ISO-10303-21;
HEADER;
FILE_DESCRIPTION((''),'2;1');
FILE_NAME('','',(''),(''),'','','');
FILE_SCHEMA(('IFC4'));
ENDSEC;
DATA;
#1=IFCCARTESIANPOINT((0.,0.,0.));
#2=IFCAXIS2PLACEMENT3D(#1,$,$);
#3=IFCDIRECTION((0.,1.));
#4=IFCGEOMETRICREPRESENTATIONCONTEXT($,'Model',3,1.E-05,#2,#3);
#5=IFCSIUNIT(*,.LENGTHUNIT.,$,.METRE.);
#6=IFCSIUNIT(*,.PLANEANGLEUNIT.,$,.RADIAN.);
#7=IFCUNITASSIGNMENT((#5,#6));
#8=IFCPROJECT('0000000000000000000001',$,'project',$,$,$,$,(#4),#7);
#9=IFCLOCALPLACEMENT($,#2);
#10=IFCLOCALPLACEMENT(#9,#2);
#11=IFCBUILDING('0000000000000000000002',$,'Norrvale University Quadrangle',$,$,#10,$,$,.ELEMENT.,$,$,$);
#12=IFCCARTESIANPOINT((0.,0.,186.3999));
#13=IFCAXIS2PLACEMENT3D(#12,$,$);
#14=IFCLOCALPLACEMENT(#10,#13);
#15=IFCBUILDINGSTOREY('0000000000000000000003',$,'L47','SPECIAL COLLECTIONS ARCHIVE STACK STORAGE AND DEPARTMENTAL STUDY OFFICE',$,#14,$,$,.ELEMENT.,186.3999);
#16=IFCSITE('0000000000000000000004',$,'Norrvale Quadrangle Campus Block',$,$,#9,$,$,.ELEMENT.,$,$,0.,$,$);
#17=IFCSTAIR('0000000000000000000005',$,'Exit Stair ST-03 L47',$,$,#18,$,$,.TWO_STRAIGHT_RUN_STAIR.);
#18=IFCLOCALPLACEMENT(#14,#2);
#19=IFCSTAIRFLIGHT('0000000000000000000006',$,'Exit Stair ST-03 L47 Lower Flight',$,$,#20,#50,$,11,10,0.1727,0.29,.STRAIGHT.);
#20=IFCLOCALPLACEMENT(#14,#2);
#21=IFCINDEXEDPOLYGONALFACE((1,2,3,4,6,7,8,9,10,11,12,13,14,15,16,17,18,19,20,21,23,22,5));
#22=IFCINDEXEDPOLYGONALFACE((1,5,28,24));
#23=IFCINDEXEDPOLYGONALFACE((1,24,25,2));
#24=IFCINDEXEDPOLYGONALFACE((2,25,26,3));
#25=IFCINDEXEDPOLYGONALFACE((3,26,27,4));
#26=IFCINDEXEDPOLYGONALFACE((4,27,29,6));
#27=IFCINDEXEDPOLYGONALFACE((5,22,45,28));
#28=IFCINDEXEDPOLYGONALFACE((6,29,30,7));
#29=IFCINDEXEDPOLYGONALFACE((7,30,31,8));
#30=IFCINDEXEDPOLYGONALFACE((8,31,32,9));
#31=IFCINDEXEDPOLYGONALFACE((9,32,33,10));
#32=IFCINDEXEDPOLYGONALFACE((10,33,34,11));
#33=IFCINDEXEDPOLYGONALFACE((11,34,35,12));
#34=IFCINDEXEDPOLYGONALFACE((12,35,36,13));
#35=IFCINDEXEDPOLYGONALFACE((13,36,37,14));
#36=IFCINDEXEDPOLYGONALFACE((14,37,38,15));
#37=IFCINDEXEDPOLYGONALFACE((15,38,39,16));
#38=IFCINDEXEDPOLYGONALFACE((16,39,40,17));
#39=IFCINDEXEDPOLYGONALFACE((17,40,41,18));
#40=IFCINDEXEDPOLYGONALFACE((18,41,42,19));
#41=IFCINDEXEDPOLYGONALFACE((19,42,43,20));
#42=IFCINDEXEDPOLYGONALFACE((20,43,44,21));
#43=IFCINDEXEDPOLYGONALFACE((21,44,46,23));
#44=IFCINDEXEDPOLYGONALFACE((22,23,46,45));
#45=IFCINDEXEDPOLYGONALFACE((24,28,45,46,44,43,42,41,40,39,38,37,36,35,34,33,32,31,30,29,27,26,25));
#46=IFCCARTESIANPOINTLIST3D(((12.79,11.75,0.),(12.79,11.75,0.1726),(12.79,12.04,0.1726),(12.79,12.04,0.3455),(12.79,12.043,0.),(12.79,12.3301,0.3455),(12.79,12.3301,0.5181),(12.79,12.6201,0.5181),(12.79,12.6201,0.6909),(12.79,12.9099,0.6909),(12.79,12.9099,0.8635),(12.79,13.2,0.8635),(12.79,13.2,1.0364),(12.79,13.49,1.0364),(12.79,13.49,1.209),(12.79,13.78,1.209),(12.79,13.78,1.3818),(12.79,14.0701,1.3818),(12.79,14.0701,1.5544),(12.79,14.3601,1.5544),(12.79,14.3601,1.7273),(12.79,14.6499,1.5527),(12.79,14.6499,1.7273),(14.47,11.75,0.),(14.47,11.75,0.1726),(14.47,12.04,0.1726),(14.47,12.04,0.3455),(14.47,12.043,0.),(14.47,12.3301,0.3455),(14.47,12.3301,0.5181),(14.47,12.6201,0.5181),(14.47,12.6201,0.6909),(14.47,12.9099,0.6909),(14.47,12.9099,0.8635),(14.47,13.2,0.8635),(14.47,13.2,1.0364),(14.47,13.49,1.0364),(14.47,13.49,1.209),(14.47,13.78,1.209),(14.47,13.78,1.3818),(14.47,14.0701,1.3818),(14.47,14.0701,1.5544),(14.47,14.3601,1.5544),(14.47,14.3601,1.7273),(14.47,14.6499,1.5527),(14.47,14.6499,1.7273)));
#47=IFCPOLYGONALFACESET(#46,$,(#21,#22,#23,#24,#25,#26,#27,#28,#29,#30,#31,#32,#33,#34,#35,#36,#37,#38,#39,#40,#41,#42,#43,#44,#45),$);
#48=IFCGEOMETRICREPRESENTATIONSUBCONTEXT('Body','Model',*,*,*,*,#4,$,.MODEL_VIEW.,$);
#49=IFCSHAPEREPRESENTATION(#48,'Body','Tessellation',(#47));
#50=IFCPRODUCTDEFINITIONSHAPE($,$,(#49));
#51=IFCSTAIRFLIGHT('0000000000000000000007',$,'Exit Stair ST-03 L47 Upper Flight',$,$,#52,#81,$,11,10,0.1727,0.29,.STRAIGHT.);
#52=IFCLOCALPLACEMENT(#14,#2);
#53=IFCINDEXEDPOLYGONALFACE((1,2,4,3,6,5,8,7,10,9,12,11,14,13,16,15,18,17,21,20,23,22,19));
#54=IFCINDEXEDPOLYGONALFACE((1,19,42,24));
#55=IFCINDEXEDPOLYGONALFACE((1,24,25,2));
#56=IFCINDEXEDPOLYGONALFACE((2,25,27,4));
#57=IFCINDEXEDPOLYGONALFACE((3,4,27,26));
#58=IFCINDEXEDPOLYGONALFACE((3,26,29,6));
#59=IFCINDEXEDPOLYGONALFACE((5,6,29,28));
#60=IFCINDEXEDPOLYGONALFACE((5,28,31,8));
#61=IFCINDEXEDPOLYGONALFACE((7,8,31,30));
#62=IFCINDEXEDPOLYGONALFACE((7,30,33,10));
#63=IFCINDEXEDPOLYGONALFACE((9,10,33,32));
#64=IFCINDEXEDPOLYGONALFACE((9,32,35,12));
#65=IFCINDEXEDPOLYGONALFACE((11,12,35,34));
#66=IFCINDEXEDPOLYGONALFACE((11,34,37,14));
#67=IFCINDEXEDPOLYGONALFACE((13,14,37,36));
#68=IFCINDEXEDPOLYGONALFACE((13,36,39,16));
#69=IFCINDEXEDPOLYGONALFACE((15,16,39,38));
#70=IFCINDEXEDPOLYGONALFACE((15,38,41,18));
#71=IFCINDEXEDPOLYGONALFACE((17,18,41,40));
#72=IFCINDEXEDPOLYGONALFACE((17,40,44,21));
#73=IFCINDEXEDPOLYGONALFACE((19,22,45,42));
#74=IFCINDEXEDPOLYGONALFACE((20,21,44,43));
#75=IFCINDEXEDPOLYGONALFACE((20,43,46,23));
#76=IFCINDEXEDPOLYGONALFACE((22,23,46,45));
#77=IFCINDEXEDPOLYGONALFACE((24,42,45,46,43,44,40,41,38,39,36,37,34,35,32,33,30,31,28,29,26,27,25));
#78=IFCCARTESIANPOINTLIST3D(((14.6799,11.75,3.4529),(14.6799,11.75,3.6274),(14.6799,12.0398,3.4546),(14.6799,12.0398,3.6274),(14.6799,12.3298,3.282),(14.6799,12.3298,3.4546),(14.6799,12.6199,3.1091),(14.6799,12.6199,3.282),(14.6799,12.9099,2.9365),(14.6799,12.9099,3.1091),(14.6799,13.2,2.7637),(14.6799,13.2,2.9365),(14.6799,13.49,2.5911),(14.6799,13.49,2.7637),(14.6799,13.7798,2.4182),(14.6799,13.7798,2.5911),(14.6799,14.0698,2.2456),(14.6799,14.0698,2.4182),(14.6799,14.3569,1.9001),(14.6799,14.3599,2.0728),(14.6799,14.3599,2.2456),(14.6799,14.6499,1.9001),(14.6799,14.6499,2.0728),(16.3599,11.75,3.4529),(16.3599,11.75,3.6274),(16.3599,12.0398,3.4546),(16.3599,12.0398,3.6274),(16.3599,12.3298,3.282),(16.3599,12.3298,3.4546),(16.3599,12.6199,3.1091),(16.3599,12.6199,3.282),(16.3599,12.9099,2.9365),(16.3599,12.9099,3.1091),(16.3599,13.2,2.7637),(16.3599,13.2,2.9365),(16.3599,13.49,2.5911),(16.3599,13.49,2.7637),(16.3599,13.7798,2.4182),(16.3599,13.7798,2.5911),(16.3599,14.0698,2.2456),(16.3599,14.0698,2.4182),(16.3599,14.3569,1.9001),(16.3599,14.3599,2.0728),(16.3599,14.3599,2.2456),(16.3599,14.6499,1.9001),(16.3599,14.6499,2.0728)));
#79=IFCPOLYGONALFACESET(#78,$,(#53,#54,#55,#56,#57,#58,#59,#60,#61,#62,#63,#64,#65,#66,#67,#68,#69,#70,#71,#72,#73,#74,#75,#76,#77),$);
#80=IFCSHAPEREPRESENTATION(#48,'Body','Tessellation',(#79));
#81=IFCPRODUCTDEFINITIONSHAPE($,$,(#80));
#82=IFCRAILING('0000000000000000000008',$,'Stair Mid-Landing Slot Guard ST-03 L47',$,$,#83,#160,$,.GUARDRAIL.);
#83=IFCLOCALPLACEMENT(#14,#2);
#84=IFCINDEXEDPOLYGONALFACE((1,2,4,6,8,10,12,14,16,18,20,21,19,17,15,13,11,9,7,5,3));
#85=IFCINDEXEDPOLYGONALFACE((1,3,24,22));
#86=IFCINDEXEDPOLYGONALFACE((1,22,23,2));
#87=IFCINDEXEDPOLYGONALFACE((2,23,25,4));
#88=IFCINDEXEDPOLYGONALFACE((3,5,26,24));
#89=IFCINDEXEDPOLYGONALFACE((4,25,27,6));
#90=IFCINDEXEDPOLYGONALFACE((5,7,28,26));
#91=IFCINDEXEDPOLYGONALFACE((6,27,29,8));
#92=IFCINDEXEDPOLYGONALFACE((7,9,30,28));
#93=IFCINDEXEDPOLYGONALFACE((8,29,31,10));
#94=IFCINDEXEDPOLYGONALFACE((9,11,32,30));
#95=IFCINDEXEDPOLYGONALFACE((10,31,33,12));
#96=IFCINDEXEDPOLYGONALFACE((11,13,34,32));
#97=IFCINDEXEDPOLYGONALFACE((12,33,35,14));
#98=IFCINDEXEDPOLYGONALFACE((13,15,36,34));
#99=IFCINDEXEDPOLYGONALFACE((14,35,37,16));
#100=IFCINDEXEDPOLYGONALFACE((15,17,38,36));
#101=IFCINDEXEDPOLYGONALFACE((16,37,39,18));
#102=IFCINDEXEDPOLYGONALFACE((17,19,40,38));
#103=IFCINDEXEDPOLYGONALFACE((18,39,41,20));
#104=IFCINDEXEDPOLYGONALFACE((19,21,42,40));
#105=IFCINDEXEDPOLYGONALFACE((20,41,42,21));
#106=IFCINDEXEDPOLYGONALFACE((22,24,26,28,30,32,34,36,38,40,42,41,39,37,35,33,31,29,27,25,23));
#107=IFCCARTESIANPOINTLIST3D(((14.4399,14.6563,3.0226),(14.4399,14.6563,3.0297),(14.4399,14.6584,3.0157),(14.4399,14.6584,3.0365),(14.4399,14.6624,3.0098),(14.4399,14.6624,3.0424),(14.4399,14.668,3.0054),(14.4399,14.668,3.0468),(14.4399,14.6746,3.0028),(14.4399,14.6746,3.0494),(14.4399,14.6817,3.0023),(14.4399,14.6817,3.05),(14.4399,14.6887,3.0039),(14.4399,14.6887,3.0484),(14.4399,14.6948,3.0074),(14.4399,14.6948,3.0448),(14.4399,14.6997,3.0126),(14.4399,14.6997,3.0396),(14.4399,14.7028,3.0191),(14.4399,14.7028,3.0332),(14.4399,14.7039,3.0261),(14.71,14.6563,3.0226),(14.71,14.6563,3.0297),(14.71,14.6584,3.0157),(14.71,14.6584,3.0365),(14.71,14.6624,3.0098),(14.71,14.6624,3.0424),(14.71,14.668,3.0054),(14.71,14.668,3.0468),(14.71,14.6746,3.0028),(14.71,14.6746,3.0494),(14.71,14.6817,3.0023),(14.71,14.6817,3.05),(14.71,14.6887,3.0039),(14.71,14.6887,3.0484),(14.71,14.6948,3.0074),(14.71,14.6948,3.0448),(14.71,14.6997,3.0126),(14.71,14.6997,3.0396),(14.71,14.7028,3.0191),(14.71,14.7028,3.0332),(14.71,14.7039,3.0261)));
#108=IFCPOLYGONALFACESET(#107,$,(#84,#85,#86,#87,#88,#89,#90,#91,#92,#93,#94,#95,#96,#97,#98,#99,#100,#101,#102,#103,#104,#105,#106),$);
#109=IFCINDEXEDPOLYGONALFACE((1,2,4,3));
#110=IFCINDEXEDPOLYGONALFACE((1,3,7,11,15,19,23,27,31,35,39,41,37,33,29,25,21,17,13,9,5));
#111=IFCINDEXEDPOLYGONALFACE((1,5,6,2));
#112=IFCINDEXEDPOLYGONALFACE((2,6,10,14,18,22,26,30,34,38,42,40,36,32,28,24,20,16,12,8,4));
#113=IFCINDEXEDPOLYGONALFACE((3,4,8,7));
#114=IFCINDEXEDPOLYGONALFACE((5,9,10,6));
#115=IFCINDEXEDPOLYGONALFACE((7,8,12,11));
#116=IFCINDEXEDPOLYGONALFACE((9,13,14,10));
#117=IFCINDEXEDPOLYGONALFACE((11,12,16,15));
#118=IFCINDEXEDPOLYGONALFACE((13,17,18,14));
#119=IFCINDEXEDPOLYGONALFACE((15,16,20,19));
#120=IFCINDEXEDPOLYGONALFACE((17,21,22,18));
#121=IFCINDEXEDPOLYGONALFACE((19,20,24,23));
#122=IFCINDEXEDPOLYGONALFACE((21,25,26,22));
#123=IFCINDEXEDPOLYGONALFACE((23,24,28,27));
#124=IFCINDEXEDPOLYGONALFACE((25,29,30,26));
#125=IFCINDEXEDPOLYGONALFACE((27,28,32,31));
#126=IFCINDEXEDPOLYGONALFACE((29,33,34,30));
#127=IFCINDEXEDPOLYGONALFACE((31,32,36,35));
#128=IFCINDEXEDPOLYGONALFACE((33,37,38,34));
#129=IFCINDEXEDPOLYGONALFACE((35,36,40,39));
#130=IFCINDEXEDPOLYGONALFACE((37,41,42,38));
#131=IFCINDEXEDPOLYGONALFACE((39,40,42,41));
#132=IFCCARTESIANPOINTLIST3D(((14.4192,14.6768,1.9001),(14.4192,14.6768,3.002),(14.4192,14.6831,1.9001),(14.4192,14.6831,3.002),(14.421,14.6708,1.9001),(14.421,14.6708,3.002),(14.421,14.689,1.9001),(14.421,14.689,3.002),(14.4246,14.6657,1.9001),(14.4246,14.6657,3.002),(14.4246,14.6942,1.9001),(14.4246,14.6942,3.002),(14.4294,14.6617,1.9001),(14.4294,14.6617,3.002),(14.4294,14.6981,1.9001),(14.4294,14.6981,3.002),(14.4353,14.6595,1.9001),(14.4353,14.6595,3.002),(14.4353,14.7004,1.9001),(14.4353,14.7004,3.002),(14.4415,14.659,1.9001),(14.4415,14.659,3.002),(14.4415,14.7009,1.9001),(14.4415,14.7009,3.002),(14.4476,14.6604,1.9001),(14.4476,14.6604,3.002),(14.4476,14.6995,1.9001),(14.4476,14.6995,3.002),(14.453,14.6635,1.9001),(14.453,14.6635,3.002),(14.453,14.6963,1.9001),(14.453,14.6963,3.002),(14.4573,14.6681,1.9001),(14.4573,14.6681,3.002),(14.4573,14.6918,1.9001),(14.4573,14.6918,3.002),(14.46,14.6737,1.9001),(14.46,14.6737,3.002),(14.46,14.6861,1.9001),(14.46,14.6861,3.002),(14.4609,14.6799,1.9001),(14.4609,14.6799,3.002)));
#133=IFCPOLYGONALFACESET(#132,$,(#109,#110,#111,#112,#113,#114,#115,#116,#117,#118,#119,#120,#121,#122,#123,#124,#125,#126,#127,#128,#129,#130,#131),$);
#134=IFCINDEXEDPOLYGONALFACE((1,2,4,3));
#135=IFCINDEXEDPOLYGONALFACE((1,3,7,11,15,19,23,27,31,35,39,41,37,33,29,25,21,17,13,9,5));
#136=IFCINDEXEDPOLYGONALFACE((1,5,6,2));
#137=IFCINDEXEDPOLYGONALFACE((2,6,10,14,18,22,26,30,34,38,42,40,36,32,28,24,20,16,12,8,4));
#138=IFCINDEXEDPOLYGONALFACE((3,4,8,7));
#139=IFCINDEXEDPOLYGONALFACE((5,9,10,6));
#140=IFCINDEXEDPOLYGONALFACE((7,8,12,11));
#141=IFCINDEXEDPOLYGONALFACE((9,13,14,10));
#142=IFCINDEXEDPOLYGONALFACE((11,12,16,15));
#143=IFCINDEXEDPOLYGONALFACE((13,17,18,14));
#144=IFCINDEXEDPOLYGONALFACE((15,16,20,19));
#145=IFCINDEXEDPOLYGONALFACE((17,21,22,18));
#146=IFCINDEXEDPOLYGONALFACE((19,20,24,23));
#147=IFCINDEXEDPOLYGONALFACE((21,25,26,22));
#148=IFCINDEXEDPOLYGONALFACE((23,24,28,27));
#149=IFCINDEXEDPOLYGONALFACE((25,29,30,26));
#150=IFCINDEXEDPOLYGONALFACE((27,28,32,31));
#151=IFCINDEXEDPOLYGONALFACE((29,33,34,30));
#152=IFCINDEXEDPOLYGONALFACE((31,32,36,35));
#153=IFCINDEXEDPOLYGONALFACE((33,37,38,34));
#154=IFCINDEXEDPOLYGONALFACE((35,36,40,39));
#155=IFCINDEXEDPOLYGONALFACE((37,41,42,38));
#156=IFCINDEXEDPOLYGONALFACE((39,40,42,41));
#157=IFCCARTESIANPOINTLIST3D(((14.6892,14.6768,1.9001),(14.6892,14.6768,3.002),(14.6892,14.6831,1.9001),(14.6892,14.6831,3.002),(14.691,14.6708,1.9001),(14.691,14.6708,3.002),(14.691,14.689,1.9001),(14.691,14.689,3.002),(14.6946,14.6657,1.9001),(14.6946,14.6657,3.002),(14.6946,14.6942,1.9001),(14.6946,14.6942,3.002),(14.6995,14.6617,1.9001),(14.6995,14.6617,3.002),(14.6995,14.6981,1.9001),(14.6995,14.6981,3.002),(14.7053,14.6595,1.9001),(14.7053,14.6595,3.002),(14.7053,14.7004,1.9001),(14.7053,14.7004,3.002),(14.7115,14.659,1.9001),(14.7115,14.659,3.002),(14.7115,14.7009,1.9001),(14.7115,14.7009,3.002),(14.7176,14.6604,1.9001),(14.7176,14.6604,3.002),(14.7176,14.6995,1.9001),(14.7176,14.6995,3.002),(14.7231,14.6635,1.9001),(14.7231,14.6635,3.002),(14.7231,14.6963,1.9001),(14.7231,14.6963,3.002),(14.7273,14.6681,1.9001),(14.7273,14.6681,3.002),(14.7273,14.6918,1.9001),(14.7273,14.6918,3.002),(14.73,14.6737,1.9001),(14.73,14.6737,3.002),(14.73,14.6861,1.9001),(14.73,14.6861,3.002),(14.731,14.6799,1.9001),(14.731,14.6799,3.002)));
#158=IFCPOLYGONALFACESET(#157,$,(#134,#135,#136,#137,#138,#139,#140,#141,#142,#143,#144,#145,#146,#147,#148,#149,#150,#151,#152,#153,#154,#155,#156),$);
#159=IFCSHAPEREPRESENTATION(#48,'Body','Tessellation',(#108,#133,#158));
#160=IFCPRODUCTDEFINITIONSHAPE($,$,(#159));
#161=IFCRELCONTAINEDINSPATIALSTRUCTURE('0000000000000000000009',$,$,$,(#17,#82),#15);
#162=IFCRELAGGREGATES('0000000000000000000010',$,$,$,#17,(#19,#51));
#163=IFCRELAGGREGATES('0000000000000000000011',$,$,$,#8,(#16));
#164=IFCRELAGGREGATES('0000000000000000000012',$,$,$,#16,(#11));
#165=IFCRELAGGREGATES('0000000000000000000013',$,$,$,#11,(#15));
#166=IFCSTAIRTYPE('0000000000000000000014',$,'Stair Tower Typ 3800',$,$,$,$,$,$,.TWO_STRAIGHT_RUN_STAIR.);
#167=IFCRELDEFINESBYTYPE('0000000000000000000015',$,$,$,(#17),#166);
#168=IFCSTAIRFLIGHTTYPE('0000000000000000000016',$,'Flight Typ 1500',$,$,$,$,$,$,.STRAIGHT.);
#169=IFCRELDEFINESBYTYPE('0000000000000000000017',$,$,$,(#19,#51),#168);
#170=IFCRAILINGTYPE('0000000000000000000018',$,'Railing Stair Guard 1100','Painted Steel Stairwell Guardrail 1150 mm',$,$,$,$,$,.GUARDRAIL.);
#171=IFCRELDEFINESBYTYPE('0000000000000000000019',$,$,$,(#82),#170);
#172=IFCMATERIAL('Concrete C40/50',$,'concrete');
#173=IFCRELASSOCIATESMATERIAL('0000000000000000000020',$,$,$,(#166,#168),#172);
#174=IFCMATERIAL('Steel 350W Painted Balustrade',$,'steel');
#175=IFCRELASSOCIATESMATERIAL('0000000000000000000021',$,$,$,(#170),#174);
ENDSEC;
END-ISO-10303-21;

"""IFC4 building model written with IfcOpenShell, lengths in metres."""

from ifc_helpers import new_model, si_unit, direction, frame, origin, origin_2d, place, context, subcontext, project, spatial, polyline, circle, outline, extrude, material, type_object, element, aggregate, save


model = new_model("IFC4")

# Units and contexts
model_context = context("Model", 3, precision=1e-05, world=origin(), true_north=direction((0.0, 1.0)))
body_context = subcontext(model_context, "Body", "Model", "MODEL_VIEW")
ifc_project = project(units=[si_unit("LENGTHUNIT", "METRE"), si_unit("PLANEANGLEUNIT", "RADIAN")], contexts=[model_context])

# Site, building, storey
site_placement = place(None, origin())
site = spatial("IfcSite", under=ifc_project, at=site_placement, Name="Norrvale Quadrangle Campus Block", CompositionType="ELEMENT", RefElevation=0.0)
building_placement = place(site_placement, origin())
building = spatial("IfcBuilding", under=site, at=building_placement, Name="Norrvale University Quadrangle", CompositionType="ELEMENT")
storey_placement = place(building_placement, frame((0.0, 0.0, 186.3999)))
storey = spatial("IfcBuildingStorey", under=building, at=storey_placement, Name="L47", Description="SPECIAL COLLECTIONS ARCHIVE STACK STORAGE AND DEPARTMENTAL STUDY OFFICE", CompositionType="ELEMENT", Elevation=186.3999)

# Stair, stair flights
ifc_material_1 = material(Name="Concrete C40/50", Category="concrete")
stair_type = type_object("IfcStairType", Name="Stair Tower Typ 3800", PredefinedType="TWO_STRAIGHT_RUN_STAIR", material=ifc_material_1)
stair_placement = place(storey_placement, origin())
stair = element("IfcStair", 1, at=stair_placement, inside=storey, type_object=stair_type, Name="Exit Stair ST-03 L47", PredefinedType="TWO_STRAIGHT_RUN_STAIR")
stair_flight_type = type_object("IfcStairFlightType", Name="Flight Typ 1500", PredefinedType="STRAIGHT", material=ifc_material_1)
stair_flight_1_placement = place(storey_placement, frame((13.6299, 11.75, 0.0), z_axis=(0.0, 0.0, 1.0), x_axis=(0.0, 1.0, 0.0)))
stair_flight_1 = element("IfcStairFlight", 2, at=stair_flight_1_placement, type_object=stair_flight_type, Name="Exit Stair ST-03 L47 Lower Flight", NumberOfRisers=11, NumberOfTreads=10, PredefinedType="STRAIGHT", RiserHeight=0.1727, TreadLength=0.29, context=body_context, shape_type="SweptSolid", body=[
    extrude(outline(polyline([(0.0, 0.0), (0.0, 0.1726), (0.29, 0.1726), (0.29, 0.3455), (0.5801, 0.3455), (0.5801, 0.5181), (0.8701, 0.5181), (0.8701, 0.6909), (1.1599, 0.6909), (1.1599, 0.8635), (1.45, 0.8635), (1.45, 1.0364), (1.74, 1.0364), (1.74, 1.209), (2.03, 1.209), (2.03, 1.3818), (2.3201, 1.3818), (2.3201, 1.5544), (2.6101, 1.5544), (2.6101, 1.7273), (2.8999, 1.7273), (2.8999, 1.8999), (2.8999, 1.5527), (0.293, 0.0), (0.0, 0.0)])), frame((0.0, 0.8398, 0.0), z_axis=(0.0, -1.0, 0.0), x_axis=(1.0, 0.0, 0.0)), (0.0, 0.0, 1.0), 1.6799),
])
stair_flight_2_placement = place(storey_placement, frame((15.52, 14.6499, 1.9001), z_axis=(0.0, 0.0, 1.0), x_axis=(0.0, -1.0, 0.0)))
stair_flight_2 = element("IfcStairFlight", 3, at=stair_flight_2_placement, type_object=stair_flight_type, Name="Exit Stair ST-03 L47 Upper Flight", NumberOfRisers=11, NumberOfTreads=10, PredefinedType="STRAIGHT", RiserHeight=0.1727, TreadLength=0.29, context=body_context, shape_type="SweptSolid", body=[
    extrude(outline(polyline([(0.0, 0.0), (0.0, 0.1726), (0.29, 0.1726), (0.29, 0.3455), (0.5801, 0.3455), (0.5801, 0.5181), (0.8701, 0.5181), (0.8701, 0.6909), (1.1599, 0.6909), (1.1599, 0.8635), (1.45, 0.8635), (1.45, 1.0364), (1.74, 1.0364), (1.74, 1.209), (2.03, 1.209), (2.03, 1.3818), (2.3201, 1.3818), (2.3201, 1.5544), (2.6101, 1.5544), (2.6101, 1.7273), (2.8999, 1.7273), (2.8999, 1.8999), (2.8999, 1.5527), (0.293, 0.0), (0.0, 0.0)])), frame((0.0, 0.8398, 0.0), z_axis=(0.0, -1.0, 0.0), x_axis=(1.0, 0.0, 0.0)), (0.0, 0.0, 1.0), 1.6799),
])
aggregate(stair, [stair_flight_1, stair_flight_2])

# Railing
ifc_material_2 = material(Name="Steel 350W Painted Balustrade", Category="steel")
railing_type_1 = type_object("IfcRailingType", Name="Railing Stair Guard 1100", Description="Painted Steel Stairwell Guardrail 1150 mm", PredefinedType="GUARDRAIL", material=ifc_material_2)
railing_1_placement = place(storey_placement, frame((14.4399, 14.6799, 1.9001)))
element("IfcRailing", 4, at=railing_1_placement, inside=storey, type_object=railing_type_1, Name="Stair Mid-Landing Slot Guard ST-03 L47", PredefinedType="GUARDRAIL", context=body_context, shape_type="SweptSolid", body=[
    extrude(circle(Radius=0.0239, at=origin_2d()), frame((0.0, 0.0, 1.126), z_axis=(1.0, 0.0, 0.0), x_axis=(0.0, 1.0, 0.0)), (0.0, 0.0, 1.0), 0.27),
    extrude(circle(Radius=0.021, at=origin_2d()), origin(), (0.0, 0.0, 1.0), 1.1018),
    extrude(circle(Radius=0.021, at=origin_2d()), frame((0.27, 0.0, 0.0)), (0.0, 0.0, 1.0), 1.1018),
])

save(model, "model.ifc")
